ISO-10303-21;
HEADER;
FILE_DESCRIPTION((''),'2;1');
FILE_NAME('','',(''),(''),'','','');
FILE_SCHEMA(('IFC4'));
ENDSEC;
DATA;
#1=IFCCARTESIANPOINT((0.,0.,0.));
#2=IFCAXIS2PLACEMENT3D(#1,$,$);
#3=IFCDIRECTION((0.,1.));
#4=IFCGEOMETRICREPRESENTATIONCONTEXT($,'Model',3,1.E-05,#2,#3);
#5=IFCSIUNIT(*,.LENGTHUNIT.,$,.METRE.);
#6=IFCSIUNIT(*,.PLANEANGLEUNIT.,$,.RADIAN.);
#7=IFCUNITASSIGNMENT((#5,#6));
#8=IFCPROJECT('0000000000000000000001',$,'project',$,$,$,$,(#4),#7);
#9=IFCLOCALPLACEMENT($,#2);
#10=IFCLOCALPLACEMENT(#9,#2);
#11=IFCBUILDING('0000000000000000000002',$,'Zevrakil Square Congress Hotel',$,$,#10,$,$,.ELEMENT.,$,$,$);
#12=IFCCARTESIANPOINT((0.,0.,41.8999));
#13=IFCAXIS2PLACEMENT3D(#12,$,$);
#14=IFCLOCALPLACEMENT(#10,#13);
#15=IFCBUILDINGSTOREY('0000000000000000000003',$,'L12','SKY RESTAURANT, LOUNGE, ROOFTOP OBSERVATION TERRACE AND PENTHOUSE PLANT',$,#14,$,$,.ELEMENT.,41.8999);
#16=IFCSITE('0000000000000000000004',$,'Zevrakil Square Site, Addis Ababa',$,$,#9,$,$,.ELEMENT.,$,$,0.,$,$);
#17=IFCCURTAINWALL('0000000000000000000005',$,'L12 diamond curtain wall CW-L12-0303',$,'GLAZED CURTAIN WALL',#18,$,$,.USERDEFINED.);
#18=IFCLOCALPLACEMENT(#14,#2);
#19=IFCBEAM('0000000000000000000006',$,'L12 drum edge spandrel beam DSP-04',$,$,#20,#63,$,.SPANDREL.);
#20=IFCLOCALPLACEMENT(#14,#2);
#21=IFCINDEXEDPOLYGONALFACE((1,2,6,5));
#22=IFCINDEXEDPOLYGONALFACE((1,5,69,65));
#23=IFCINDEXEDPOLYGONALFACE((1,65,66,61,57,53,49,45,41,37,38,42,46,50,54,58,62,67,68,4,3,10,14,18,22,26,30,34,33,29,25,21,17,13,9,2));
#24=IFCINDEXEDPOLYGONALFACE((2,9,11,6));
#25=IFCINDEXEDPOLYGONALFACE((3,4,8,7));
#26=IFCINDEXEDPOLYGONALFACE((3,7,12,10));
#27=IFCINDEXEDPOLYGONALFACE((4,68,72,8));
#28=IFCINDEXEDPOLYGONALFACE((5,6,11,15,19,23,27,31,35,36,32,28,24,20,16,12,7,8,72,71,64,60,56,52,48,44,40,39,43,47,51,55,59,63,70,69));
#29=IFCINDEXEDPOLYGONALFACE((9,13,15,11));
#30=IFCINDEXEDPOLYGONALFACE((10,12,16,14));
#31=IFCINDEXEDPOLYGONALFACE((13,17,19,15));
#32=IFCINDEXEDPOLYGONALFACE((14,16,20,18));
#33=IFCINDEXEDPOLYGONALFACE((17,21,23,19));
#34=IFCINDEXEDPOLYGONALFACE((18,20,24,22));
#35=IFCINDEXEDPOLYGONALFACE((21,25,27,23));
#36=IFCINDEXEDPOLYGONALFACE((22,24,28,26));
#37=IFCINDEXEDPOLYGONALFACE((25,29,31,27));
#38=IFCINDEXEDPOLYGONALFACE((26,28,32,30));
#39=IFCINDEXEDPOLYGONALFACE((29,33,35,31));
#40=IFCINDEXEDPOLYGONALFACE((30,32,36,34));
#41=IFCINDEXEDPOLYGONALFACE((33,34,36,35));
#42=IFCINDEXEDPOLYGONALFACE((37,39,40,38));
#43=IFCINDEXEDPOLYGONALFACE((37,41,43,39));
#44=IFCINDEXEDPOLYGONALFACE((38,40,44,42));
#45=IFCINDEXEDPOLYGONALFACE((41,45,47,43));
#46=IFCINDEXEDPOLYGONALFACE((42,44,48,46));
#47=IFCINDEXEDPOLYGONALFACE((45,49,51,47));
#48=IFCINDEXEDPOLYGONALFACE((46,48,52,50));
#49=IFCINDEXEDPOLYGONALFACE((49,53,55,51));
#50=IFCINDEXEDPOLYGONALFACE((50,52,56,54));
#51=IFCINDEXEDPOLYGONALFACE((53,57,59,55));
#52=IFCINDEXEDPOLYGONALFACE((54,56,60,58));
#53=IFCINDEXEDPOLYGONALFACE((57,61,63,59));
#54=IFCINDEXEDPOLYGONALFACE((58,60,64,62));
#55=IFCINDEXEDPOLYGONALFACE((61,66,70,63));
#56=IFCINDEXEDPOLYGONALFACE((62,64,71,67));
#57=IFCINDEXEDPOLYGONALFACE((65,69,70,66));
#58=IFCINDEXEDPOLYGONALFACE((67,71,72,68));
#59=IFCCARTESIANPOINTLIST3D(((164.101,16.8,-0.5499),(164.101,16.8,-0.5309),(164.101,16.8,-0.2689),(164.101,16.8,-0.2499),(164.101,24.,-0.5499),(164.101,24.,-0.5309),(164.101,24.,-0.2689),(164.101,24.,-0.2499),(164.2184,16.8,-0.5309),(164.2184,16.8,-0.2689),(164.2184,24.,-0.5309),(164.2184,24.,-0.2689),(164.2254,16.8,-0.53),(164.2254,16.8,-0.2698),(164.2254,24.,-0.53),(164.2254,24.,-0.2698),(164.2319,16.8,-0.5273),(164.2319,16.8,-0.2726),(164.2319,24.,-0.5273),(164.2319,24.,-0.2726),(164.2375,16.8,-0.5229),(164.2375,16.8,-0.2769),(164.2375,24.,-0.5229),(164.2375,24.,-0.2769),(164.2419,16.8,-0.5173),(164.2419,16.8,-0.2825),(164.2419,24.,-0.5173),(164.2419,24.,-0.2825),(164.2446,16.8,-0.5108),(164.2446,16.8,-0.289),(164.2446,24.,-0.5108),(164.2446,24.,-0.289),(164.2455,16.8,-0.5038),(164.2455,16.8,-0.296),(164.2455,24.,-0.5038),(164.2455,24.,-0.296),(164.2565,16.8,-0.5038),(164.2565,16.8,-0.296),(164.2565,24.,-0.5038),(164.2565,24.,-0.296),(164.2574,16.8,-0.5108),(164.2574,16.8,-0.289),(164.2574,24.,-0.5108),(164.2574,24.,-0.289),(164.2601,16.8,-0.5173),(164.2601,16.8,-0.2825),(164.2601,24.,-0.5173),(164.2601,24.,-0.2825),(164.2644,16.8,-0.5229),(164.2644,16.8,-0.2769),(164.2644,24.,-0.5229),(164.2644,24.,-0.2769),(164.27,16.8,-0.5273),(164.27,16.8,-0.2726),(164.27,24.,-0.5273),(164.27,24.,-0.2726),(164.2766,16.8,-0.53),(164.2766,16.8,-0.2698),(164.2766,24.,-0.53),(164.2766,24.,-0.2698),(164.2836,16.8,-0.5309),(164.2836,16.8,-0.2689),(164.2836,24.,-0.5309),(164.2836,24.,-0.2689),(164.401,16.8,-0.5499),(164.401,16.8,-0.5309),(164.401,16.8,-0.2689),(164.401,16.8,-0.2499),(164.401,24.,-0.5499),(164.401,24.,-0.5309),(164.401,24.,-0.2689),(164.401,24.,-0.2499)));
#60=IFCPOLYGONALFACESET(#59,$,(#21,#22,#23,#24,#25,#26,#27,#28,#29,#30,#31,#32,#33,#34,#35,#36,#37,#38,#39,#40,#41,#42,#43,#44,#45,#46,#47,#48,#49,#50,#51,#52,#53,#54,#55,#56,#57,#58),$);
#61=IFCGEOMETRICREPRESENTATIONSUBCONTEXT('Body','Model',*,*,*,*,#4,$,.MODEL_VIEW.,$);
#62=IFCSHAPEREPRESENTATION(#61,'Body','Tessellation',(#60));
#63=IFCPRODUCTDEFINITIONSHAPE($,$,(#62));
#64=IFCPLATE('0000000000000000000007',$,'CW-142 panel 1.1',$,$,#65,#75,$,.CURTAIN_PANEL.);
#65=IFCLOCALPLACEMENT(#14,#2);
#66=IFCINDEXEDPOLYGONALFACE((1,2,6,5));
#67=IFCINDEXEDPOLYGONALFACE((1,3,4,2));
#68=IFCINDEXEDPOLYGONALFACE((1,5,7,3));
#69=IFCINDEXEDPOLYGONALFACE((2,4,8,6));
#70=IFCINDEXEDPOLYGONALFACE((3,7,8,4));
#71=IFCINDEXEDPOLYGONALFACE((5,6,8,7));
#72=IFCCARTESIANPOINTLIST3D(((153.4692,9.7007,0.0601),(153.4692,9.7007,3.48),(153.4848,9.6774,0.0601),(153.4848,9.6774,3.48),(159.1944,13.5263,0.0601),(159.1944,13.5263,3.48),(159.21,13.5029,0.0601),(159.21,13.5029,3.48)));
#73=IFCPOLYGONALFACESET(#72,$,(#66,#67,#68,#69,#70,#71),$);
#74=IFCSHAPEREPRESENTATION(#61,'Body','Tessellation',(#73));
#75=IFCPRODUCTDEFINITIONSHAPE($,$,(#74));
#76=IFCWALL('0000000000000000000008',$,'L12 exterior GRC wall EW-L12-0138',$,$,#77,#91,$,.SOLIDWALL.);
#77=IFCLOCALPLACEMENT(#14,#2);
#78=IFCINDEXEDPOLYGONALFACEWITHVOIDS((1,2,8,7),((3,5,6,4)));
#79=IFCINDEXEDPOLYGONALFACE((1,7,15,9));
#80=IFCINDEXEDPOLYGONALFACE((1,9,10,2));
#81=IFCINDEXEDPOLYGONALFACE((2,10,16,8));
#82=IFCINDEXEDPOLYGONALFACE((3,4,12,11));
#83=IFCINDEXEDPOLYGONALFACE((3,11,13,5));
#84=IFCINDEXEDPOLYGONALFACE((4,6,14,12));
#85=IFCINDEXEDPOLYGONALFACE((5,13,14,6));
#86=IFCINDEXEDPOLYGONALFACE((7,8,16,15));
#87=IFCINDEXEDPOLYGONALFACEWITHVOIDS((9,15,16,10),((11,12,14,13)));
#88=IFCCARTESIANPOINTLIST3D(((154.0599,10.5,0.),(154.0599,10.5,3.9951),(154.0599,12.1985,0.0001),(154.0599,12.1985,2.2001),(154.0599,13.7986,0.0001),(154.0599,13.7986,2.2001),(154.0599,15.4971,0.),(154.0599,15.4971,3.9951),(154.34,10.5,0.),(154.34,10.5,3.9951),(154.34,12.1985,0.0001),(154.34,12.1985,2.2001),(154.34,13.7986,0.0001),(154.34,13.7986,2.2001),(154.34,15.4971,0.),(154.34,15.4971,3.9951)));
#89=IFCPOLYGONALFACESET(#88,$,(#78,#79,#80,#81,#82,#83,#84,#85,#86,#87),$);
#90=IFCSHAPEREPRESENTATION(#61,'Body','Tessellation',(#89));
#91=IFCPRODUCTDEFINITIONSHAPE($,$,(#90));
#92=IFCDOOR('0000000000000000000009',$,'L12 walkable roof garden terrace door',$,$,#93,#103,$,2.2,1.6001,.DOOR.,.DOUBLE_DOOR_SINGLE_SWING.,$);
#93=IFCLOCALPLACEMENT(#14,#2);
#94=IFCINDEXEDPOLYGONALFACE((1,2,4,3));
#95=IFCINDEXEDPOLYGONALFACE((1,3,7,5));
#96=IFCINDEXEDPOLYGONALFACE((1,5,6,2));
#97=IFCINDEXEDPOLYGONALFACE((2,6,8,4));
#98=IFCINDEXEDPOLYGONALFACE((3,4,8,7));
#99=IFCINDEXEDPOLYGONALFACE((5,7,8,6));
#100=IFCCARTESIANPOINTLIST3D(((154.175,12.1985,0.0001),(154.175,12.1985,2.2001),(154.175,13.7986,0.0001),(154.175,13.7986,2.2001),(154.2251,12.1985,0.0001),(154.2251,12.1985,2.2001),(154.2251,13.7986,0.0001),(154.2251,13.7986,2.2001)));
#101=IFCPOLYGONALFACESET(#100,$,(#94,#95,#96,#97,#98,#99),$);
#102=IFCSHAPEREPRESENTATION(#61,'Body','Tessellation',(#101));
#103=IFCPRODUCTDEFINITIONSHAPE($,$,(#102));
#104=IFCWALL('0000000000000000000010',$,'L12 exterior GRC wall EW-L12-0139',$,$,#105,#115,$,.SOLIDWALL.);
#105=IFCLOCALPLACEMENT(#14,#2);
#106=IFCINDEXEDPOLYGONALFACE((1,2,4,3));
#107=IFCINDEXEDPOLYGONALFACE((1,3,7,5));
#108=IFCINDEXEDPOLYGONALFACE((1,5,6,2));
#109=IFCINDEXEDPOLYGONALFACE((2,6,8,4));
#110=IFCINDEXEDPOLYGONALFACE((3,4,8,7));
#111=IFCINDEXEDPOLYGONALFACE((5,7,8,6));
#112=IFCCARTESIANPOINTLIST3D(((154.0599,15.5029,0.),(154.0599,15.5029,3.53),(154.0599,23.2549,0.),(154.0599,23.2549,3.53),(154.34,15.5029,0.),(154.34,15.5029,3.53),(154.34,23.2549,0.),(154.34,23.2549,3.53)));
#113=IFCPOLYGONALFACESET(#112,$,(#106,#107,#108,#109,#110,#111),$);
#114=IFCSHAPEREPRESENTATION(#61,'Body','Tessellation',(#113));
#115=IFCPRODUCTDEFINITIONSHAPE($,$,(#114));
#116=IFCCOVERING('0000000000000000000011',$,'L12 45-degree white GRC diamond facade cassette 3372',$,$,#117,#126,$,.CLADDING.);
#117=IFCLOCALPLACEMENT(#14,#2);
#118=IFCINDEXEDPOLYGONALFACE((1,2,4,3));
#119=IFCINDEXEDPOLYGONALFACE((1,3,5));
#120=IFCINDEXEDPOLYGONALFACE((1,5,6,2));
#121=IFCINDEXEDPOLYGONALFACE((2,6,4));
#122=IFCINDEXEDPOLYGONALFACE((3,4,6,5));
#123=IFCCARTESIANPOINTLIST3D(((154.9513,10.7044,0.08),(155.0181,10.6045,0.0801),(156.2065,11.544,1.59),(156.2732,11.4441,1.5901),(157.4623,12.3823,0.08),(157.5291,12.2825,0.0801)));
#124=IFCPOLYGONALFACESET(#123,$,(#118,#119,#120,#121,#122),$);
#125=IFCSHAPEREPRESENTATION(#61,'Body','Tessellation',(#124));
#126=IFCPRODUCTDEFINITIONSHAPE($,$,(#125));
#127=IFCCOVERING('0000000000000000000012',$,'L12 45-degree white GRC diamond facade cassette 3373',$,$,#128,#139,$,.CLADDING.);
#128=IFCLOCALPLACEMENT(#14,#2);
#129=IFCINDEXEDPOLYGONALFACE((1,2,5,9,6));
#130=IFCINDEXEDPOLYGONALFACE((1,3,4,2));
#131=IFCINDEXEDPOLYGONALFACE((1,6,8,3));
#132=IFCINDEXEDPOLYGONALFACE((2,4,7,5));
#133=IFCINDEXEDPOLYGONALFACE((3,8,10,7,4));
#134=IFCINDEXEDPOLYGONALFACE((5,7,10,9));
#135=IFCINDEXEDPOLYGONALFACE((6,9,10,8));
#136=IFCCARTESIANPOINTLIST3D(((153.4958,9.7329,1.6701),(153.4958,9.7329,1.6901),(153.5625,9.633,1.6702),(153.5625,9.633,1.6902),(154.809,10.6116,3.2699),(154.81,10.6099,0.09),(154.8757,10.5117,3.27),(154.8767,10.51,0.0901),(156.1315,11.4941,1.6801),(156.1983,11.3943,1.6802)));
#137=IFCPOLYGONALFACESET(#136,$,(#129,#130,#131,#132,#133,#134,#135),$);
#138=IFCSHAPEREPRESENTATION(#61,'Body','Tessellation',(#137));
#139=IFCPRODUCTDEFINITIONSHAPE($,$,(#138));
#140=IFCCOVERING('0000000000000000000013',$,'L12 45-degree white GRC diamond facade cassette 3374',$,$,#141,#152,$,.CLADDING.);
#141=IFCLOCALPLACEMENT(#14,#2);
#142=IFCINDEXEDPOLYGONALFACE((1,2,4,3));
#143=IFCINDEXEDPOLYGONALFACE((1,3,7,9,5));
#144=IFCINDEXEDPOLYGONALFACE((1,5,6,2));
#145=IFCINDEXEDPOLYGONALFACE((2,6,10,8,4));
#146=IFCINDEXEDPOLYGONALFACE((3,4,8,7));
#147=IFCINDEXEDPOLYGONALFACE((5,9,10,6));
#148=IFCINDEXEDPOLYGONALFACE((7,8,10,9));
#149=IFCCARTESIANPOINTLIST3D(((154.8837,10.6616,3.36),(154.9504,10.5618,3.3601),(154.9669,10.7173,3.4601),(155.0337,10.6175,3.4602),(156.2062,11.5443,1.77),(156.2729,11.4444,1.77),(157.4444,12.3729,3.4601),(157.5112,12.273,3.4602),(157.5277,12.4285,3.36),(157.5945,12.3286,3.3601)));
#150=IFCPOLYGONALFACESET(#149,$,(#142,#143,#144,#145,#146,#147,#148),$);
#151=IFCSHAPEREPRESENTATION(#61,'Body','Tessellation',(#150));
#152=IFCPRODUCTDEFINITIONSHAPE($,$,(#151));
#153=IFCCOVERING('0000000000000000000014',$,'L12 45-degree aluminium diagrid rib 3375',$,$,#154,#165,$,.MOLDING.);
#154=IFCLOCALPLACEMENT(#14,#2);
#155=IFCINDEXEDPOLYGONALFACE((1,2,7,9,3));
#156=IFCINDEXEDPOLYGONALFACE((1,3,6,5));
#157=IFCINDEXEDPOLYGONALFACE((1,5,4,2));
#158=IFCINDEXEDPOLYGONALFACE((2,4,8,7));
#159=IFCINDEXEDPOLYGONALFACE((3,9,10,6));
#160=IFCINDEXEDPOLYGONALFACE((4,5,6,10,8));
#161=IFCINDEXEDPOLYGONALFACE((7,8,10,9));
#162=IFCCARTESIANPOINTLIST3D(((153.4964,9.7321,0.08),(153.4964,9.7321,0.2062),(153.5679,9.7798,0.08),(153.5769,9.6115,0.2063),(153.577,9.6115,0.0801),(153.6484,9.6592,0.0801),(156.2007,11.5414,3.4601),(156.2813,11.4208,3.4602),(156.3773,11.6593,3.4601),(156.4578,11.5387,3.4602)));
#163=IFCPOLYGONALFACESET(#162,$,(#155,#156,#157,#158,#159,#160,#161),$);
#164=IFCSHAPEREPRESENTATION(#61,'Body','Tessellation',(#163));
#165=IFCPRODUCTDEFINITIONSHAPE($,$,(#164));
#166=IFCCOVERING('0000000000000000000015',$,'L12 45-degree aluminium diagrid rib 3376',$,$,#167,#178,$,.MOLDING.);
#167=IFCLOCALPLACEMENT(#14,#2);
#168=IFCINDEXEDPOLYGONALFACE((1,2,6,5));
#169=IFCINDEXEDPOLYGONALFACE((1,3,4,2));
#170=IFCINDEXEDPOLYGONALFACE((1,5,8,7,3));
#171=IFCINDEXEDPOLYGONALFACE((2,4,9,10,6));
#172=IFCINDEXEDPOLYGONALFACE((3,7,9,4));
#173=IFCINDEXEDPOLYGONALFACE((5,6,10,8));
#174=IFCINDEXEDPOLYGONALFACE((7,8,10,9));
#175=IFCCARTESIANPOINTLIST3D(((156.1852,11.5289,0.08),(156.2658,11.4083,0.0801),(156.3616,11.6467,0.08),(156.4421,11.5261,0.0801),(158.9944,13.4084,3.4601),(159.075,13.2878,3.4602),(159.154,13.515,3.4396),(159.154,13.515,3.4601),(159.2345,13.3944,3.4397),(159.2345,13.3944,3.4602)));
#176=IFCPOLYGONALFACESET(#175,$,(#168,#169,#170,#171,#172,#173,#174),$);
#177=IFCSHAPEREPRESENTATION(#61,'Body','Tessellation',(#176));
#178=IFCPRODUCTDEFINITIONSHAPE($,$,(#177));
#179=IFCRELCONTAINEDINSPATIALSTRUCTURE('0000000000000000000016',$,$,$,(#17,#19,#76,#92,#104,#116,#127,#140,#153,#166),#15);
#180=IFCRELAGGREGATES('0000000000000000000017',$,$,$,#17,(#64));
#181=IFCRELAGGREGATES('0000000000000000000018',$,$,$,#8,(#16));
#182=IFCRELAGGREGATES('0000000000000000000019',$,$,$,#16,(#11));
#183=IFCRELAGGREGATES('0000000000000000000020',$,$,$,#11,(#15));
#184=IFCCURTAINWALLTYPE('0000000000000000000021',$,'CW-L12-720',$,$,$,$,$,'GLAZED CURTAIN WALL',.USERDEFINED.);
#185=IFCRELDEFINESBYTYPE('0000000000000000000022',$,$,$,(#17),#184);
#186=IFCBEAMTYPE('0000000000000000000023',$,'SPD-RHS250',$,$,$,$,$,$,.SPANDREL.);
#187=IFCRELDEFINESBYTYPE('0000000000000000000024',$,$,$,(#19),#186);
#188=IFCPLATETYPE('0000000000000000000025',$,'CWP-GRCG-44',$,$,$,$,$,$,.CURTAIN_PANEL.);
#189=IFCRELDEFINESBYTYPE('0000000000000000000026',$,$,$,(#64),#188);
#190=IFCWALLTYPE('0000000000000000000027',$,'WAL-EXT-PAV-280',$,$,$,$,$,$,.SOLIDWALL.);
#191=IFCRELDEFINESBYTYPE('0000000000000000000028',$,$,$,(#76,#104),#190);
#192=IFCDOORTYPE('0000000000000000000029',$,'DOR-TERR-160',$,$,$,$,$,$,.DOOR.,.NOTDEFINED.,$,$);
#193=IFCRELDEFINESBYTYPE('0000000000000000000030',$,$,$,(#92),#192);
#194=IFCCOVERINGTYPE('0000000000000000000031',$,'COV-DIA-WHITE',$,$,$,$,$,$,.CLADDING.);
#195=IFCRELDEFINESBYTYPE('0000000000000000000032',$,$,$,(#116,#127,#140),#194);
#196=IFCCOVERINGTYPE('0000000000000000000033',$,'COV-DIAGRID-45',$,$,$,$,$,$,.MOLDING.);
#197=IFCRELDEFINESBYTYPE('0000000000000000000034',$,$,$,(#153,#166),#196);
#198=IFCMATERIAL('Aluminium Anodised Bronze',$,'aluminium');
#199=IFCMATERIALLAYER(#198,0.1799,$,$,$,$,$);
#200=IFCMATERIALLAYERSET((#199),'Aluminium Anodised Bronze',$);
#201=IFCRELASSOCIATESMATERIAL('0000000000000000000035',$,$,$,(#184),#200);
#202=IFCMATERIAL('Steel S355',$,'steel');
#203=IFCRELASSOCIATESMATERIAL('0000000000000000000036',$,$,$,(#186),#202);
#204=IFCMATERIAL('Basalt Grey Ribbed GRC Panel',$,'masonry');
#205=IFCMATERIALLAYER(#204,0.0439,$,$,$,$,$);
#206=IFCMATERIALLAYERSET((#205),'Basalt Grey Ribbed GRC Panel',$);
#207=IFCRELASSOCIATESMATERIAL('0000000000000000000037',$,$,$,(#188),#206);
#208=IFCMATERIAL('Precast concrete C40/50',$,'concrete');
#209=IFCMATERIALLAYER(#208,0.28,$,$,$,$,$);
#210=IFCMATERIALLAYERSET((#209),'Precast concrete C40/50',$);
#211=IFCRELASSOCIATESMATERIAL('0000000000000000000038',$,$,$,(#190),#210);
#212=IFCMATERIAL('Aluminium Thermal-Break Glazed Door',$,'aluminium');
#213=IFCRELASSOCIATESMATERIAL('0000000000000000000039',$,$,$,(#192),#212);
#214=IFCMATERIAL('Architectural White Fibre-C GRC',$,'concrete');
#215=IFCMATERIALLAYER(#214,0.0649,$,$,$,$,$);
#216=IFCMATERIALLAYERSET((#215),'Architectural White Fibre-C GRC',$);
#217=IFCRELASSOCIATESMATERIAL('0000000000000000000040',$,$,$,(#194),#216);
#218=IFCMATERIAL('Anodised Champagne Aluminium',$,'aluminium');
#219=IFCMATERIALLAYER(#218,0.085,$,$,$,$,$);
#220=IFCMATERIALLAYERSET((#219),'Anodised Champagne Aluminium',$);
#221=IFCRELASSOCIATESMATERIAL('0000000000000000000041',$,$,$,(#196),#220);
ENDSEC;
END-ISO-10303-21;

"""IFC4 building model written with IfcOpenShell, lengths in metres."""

from ifc_helpers import new_model, si_unit, direction, frame, frame_2d, origin, origin_2d, place, context, subcontext, project, spatial, polyline, rectangle, i_section, outline, extrude, material, layer, layer_set, material_profile, profile_set, type_object, element, fill, aggregate, save


model = new_model("IFC4")

# Units and contexts
model_context = context("Model", 3, precision=1e-05, world=origin(), true_north=direction((0.0, 1.0)))
body_context = subcontext(model_context, "Body", "Model", "MODEL_VIEW")
ifc_project = project(units=[si_unit("LENGTHUNIT", "METRE"), si_unit("PLANEANGLEUNIT", "RADIAN")], contexts=[model_context])

# Site, building, storey
site_placement = place(None, origin())
site = spatial("IfcSite", under=ifc_project, at=site_placement, Name="Zevrakil Square Site, Addis Ababa", CompositionType="ELEMENT", RefElevation=0.0)
building_placement = place(site_placement, origin())
building = spatial("IfcBuilding", under=site, at=building_placement, Name="Zevrakil Square Congress Hotel", CompositionType="ELEMENT")
storey_placement = place(building_placement, frame((0.0, 0.0, 41.8999)))
storey = spatial("IfcBuildingStorey", under=building, at=storey_placement, Name="L12", Description="SKY RESTAURANT, LOUNGE, ROOFTOP OBSERVATION TERRACE AND PENTHOUSE PLANT", CompositionType="ELEMENT", Elevation=41.8999)

# Curtain wall
ifc_material_1 = material(Name="Aluminium Anodised Bronze", Category="aluminium")
ifc_layer_1 = layer(ifc_material_1, 0.1799)
ifc_layer_set_1 = layer_set([ifc_layer_1], Name="Aluminium Anodised Bronze")
curtain_wall_type = type_object("IfcCurtainWallType", Name="CW-L12-720", ElementType="GLAZED CURTAIN WALL", PredefinedType="USERDEFINED", material=ifc_layer_set_1)
curtain_wall_1_placement = place(storey_placement, origin())
curtain_wall_1 = element("IfcCurtainWall", 1, at=curtain_wall_1_placement, inside=storey, type_object=curtain_wall_type, Name="L12 diamond curtain wall CW-L12-0303", ObjectType="GLAZED CURTAIN WALL", PredefinedType="USERDEFINED")

# Beam
ifc_material_2 = material(Name="Steel S355", Category="steel")
ifc_material_profile_1 = material_profile(ifc_material_2, i_section(OverallWidth=0.3, OverallDepth=0.3, WebThickness=0.011, FlangeThickness=0.019, FilletRadius=0.0271, at=origin_2d()), Name="HEB 300")
ifc_profile_set_1 = profile_set([ifc_material_profile_1], Name="Steel S355")
beam_type_1 = type_object("IfcBeamType", Name="SPD-RHS250", PredefinedType="SPANDREL", material=ifc_profile_set_1)
beam_1_placement = place(storey_placement, frame((164.251, 16.8, -0.3999), z_axis=(0.0, 1.0, 0.0), x_axis=(-1.0, 0.0, 0.0)))
element("IfcBeam", 2, at=beam_1_placement, inside=storey, type_object=beam_type_1, Name="L12 drum edge spandrel beam DSP-04", PredefinedType="SPANDREL", context=body_context, shape_type="SweptSolid", body=[
    extrude(i_section(OverallWidth=0.3, OverallDepth=0.3, WebThickness=0.011, FlangeThickness=0.019, FilletRadius=0.0271, at=origin_2d()), origin(), (0.0, 0.0, 1.0), 7.2),
])

# Plate
ifc_material_3 = material(Name="Basalt Grey Ribbed GRC Panel", Category="masonry")
ifc_layer_2 = layer(ifc_material_3, 0.0439)
ifc_layer_set_2 = layer_set([ifc_layer_2], Name="Basalt Grey Ribbed GRC Panel")
plate_type = type_object("IfcPlateType", Name="CWP-GRCG-44", PredefinedType="CURTAIN_PANEL", material=ifc_layer_set_2)
plate_placement = place(storey_placement, frame((156.3396, 11.6018, 0.0601), z_axis=(0.0, 0.0, 1.0), x_axis=(0.831466, 0.555576, 0.0)))
plate = element("IfcPlate", 3, at=plate_placement, type_object=plate_type, Name="CW-142 panel 1.1", PredefinedType="CURTAIN_PANEL", context=body_context, shape_type="SweptSolid", body=[
    extrude(rectangle(XDim=6.8857, YDim=0.0281, at=origin_2d()), origin(), (0.0, 0.0, 1.0), 3.4199),
])
aggregate(curtain_wall_1, [plate])

# Wall, opening, door
ifc_material_4 = material(Name="Precast concrete C40/50", Category="concrete")
ifc_layer_3 = layer(ifc_material_4, 0.28)
ifc_layer_set_3 = layer_set([ifc_layer_3], Name="Precast concrete C40/50")
wall_type = type_object("IfcWallType", Name="WAL-EXT-PAV-280", PredefinedType="SOLIDWALL", material=ifc_layer_set_3)
wall_1_placement = place(storey_placement, frame((154.2, 10.5, 0.0), z_axis=(0.0, 0.0, 1.0), x_axis=(0.0, 1.0, 0.0)))
wall_1 = element("IfcWall", 4, at=wall_1_placement, inside=storey, type_object=wall_type, Name="L12 exterior GRC wall EW-L12-0138", PredefinedType="SOLIDWALL", context=body_context, shape_type="SweptSolid", body=[
    extrude(rectangle(XDim=4.9971, YDim=0.28, at=frame_2d((2.4985, 0.0))), origin(), (0.0, 0.0, 1.0), 3.9951),
])
opening_placement = place(wall_1_placement, frame((1.6985, 0.0, 0.0)))
opening = element("IfcOpeningElement", 5, at=opening_placement, cuts=wall_1, PredefinedType="OPENING", context=body_context, shape_type="SweptSolid", body=[
    extrude(rectangle(XDim=1.6001, YDim=2.2, at=frame_2d((0.8, 1.1001))), frame((0.0, 0.1499, 0.0), z_axis=(0.0, -1.0, 0.0), x_axis=(1.0, 0.0, 0.0)), (0.0, 0.0, 1.0), 0.3),
])
ifc_material_5 = material(Name="Aluminium Thermal-Break Glazed Door", Category="aluminium")
door_type = type_object("IfcDoorType", Name="DOR-TERR-160", OperationType="NOTDEFINED", PredefinedType="DOOR", material=ifc_material_5)
door_placement = place(opening_placement, origin())
door = element("IfcDoor", 6, at=door_placement, inside=storey, type_object=door_type, Name="L12 walkable roof garden terrace door", OperationType="DOUBLE_DOOR_SINGLE_SWING", OverallHeight=2.2, OverallWidth=1.6001, PredefinedType="DOOR", context=body_context, shape_type="SweptSolid", body=[
    extrude(rectangle(XDim=1.6001, YDim=2.2, at=frame_2d((0.8, 1.1001))), frame((0.0, 0.0249, 0.0), z_axis=(0.0, -1.0, 0.0), x_axis=(1.0, 0.0, 0.0)), (0.0, 0.0, 1.0), 0.05),
])
fill(opening, door)

# Wall
wall_2_placement = place(storey_placement, frame((154.2, 15.5029, 0.0), z_axis=(0.0, 0.0, 1.0), x_axis=(0.0, 1.0, 0.0)))
element("IfcWall", 7, at=wall_2_placement, inside=storey, type_object=wall_type, Name="L12 exterior GRC wall EW-L12-0139", PredefinedType="SOLIDWALL", context=body_context, shape_type="SweptSolid", body=[
    extrude(rectangle(XDim=7.752, YDim=0.28, at=frame_2d((3.876, 0.0))), origin(), (0.0, 0.0, 1.0), 3.53),
])

# Coverings
ifc_material_6 = material(Name="Architectural White Fibre-C GRC", Category="concrete")
ifc_layer_4 = layer(ifc_material_6, 0.0649)
ifc_layer_set_4 = layer_set([ifc_layer_4], Name="Architectural White Fibre-C GRC")
covering_type_1 = type_object("IfcCoveringType", Name="COV-DIA-WHITE", PredefinedType="CLADDING", material=ifc_layer_set_4)
covering_1_placement = place(storey_placement, frame((156.2732, 11.4441, 1.5901), z_axis=(0.555614, -0.83144, 0.000471), x_axis=(0.588098, 0.392599, -0.707112)))
element("IfcCovering", 8, at=covering_1_placement, inside=storey, type_object=covering_type_1, Name="L12 45-degree white GRC diamond facade cassette 3372", PredefinedType="CLADDING", context=body_context, shape_type="SweptSolid", body=[
    extrude(outline(polyline([(0.0, 0.0), (2.1355, 0.0), (0.0, -2.1355), (0.0, 0.0)])), origin(), (0.0, 0.0, -1.0), 0.1201),
])
covering_2_placement = place(storey_placement, frame((154.8757, 10.5117, 3.27), z_axis=(0.555588, -0.831457, 0.000616), x_axis=(0.588192, 0.392512, -0.707082)))
element("IfcCovering", 9, at=covering_2_placement, inside=storey, type_object=covering_type_1, Name="L12 45-degree white GRC diamond facade cassette 3373", PredefinedType="CLADDING", context=body_context, shape_type="SweptSolid", body=[
    extrude(outline(polyline([(0.0, 0.0), (2.2485, 0.0), (2.2484, -2.2487), (0.0139, -2.2485), (-0.0002, -2.2344), (0.0, 0.0)])), origin(), (0.0, 0.0, -1.0), 0.1201),
])
covering_3_placement = place(storey_placement, frame((157.5945, 12.3286, 3.3601), z_axis=(0.555603, -0.831448, 0.00055), x_axis=(-0.587707, -0.393195, -0.707106)))
element("IfcCovering", 10, at=covering_3_placement, inside=storey, type_object=covering_type_1, Name="L12 45-degree white GRC diamond facade cassette 3374", PredefinedType="CLADDING", context=body_context, shape_type="SweptSolid", body=[
    extrude(outline(polyline([(0.0, 0.0), (2.2487, 0.0), (2.2486, -2.2486), (2.107, -2.2486), (0.0, -0.1416), (0.0, 0.0)])), origin(), (0.0, 0.0, -1.0), 0.1201),
])
ifc_material_7 = material(Name="Anodised Champagne Aluminium", Category="aluminium")
ifc_layer_5 = layer(ifc_material_7, 0.085)
ifc_layer_set_5 = layer_set([ifc_layer_5], Name="Anodised Champagne Aluminium")
covering_type_2 = type_object("IfcCoveringType", Name="COV-DIAGRID-45", PredefinedType="MOLDING", material=ifc_layer_set_5)
covering_4_placement = place(storey_placement, frame((153.6484, 9.6592, 0.0801), z_axis=(0.555364, -0.831607, 0.000836), x_axis=(-0.831607, -0.555364, 0.000001)))
element("IfcCovering", 11, at=covering_4_placement, inside=storey, type_object=covering_type_2, Name="L12 45-degree aluminium diagrid rib 3375", PredefinedType="MOLDING", context=body_context, shape_type="SweptSolid", body=[
    extrude(outline(polyline([(0.0, 0.0), (0.0859, 0.0), (0.0859, -0.1262), (-3.1679, -3.3801), (-3.3801, -3.3801), (0.0, 0.0)])), origin(), (0.0, 0.0, -1.0), 0.145),
])
covering_5_placement = place(storey_placement, frame((156.4421, 11.5261, 0.0801), z_axis=(0.555428, -0.831564, 0.000778), x_axis=(-0.831564, -0.555428, -0.000001)))
element("IfcCovering", 12, at=covering_5_placement, inside=storey, type_object=covering_type_2, Name="L12 45-degree aluminium diagrid rib 3376", PredefinedType="MOLDING", context=body_context, shape_type="SweptSolid", body=[
    extrude(outline(polyline([(0.0, 0.0), (0.2121, 0.0), (-3.1679, -3.3801), (-3.3598, -3.3801), (-3.3598, -3.3596), (0.0, 0.0)])), origin(), (0.0, 0.0, -1.0), 0.145),
])

save(model, "model.ifc")
